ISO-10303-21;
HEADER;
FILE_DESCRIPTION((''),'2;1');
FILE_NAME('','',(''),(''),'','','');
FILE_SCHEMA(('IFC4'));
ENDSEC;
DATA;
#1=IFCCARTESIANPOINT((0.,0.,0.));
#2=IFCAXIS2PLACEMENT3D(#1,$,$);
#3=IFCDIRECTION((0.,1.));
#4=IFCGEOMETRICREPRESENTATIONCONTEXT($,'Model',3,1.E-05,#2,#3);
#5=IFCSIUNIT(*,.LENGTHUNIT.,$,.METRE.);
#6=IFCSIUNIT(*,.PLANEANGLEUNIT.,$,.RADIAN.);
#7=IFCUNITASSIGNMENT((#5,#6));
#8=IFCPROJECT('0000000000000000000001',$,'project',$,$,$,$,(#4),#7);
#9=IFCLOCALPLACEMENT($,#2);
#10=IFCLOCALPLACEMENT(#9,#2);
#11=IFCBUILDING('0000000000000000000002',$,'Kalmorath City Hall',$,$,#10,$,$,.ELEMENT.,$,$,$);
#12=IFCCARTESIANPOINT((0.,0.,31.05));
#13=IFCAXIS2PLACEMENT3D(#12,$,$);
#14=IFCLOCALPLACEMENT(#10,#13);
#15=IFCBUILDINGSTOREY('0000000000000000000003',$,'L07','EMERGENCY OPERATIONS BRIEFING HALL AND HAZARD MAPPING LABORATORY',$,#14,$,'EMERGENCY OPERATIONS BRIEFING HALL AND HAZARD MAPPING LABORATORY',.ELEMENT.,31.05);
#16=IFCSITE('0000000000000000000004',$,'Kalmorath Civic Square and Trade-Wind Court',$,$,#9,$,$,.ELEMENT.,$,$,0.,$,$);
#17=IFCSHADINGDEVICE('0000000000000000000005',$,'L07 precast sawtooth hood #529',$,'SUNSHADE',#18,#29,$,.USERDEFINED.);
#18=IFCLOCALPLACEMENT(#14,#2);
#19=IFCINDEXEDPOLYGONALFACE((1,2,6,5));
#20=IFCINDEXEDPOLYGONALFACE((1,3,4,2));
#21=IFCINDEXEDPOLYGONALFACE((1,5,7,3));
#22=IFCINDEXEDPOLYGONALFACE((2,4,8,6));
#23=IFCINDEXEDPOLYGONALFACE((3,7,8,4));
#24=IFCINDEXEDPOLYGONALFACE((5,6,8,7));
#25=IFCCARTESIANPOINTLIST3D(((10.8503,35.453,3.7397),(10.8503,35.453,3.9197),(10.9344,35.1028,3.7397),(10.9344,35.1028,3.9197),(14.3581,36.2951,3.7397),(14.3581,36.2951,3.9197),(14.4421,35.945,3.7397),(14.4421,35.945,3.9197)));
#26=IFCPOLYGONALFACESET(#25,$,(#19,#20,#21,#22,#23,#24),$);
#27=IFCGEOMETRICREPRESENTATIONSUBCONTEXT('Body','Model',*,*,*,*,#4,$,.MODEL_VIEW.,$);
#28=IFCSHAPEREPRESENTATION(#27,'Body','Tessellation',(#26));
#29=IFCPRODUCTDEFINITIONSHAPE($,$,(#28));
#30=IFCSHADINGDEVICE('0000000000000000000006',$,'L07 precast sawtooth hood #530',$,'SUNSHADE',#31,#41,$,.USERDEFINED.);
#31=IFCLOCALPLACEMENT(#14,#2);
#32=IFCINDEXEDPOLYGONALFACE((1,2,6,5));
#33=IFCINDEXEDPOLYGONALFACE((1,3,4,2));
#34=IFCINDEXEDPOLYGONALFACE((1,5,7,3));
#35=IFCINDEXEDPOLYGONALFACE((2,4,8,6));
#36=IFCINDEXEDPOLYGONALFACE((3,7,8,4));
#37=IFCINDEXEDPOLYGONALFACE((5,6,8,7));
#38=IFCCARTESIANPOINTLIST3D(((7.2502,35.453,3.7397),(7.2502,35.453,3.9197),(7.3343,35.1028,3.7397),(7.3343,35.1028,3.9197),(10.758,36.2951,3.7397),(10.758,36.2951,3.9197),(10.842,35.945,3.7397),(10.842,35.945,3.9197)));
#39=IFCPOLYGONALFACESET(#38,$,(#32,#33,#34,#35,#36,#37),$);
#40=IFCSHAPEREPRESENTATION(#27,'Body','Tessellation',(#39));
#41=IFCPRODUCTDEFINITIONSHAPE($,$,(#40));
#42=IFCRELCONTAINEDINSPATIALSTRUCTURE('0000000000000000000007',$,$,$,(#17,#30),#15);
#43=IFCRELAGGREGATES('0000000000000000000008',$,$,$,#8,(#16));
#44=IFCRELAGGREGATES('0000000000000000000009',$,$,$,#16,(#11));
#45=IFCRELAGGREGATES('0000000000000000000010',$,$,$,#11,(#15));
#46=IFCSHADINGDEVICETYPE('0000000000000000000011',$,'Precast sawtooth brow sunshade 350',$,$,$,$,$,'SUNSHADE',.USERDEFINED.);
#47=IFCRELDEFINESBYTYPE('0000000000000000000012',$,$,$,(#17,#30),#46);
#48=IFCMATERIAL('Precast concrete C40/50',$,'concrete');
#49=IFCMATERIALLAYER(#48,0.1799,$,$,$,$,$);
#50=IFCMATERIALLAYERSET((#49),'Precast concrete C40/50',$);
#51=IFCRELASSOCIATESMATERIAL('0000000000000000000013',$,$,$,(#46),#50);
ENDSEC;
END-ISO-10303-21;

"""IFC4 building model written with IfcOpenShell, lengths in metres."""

from ifc_helpers import new_model, si_unit, direction, frame, origin, origin_2d, place, context, subcontext, project, spatial, rectangle, extrude, material, layer, layer_set, type_object, element, save


model = new_model("IFC4")

# Units and contexts
model_context = context("Model", 3, precision=1e-05, world=origin(), true_north=direction((0.0, 1.0)))
body_context = subcontext(model_context, "Body", "Model", "MODEL_VIEW")
ifc_project = project(units=[si_unit("LENGTHUNIT", "METRE"), si_unit("PLANEANGLEUNIT", "RADIAN")], contexts=[model_context])

# Site, building, storey
site_placement = place(None, origin())
site = spatial("IfcSite", under=ifc_project, at=site_placement, Name="Kalmorath Civic Square and Trade-Wind Court", CompositionType="ELEMENT", RefElevation=0.0)
building_placement = place(site_placement, origin())
building = spatial("IfcBuilding", under=site, at=building_placement, Name="Kalmorath City Hall", CompositionType="ELEMENT")
storey_placement = place(building_placement, frame((0.0, 0.0, 31.05)))
storey = spatial("IfcBuildingStorey", under=building, at=storey_placement, Name="L07", Description="EMERGENCY OPERATIONS BRIEFING HALL AND HAZARD MAPPING LABORATORY", LongName="EMERGENCY OPERATIONS BRIEFING HALL AND HAZARD MAPPING LABORATORY", CompositionType="ELEMENT", Elevation=31.05)

# Shading devices
ifc_material_1 = material(Name="Precast concrete C40/50", Category="concrete")
ifc_layer_1 = layer(ifc_material_1, 0.1799)
ifc_layer_set_1 = layer_set([ifc_layer_1], Name="Precast concrete C40/50")
shading_device_type_1 = type_object("IfcShadingDeviceType", Name="Precast sawtooth brow sunshade 350", ElementType="SUNSHADE", PredefinedType="USERDEFINED", material=ifc_layer_set_1)
for number, where, z_axis, x_axis, name in (
    (1, (12.6462, 35.699, 3.7397), (0.0, 0.0, 1.0), (-0.97237, -0.233445, 0.0), "L07 precast sawtooth hood #529"),
    (2, (9.0461, 35.699, 3.7397), (0.0, 0.0, 1.0), (-0.97237, -0.233445, 0.0), "L07 precast sawtooth hood #530"),
):
    element("IfcShadingDevice", number, at=place(storey_placement, frame(where, z_axis=z_axis, x_axis=x_axis)), inside=storey, type_object=shading_device_type_1, Name=name, ObjectType="SUNSHADE", PredefinedType="USERDEFINED", context=body_context, shape_type="SweptSolid", body=[
        extrude(rectangle(XDim=3.6074, YDim=0.3601, at=origin_2d()), origin(), (0.0, 0.0, 1.0), 0.1799),
    ])

save(model, "model.ifc")
